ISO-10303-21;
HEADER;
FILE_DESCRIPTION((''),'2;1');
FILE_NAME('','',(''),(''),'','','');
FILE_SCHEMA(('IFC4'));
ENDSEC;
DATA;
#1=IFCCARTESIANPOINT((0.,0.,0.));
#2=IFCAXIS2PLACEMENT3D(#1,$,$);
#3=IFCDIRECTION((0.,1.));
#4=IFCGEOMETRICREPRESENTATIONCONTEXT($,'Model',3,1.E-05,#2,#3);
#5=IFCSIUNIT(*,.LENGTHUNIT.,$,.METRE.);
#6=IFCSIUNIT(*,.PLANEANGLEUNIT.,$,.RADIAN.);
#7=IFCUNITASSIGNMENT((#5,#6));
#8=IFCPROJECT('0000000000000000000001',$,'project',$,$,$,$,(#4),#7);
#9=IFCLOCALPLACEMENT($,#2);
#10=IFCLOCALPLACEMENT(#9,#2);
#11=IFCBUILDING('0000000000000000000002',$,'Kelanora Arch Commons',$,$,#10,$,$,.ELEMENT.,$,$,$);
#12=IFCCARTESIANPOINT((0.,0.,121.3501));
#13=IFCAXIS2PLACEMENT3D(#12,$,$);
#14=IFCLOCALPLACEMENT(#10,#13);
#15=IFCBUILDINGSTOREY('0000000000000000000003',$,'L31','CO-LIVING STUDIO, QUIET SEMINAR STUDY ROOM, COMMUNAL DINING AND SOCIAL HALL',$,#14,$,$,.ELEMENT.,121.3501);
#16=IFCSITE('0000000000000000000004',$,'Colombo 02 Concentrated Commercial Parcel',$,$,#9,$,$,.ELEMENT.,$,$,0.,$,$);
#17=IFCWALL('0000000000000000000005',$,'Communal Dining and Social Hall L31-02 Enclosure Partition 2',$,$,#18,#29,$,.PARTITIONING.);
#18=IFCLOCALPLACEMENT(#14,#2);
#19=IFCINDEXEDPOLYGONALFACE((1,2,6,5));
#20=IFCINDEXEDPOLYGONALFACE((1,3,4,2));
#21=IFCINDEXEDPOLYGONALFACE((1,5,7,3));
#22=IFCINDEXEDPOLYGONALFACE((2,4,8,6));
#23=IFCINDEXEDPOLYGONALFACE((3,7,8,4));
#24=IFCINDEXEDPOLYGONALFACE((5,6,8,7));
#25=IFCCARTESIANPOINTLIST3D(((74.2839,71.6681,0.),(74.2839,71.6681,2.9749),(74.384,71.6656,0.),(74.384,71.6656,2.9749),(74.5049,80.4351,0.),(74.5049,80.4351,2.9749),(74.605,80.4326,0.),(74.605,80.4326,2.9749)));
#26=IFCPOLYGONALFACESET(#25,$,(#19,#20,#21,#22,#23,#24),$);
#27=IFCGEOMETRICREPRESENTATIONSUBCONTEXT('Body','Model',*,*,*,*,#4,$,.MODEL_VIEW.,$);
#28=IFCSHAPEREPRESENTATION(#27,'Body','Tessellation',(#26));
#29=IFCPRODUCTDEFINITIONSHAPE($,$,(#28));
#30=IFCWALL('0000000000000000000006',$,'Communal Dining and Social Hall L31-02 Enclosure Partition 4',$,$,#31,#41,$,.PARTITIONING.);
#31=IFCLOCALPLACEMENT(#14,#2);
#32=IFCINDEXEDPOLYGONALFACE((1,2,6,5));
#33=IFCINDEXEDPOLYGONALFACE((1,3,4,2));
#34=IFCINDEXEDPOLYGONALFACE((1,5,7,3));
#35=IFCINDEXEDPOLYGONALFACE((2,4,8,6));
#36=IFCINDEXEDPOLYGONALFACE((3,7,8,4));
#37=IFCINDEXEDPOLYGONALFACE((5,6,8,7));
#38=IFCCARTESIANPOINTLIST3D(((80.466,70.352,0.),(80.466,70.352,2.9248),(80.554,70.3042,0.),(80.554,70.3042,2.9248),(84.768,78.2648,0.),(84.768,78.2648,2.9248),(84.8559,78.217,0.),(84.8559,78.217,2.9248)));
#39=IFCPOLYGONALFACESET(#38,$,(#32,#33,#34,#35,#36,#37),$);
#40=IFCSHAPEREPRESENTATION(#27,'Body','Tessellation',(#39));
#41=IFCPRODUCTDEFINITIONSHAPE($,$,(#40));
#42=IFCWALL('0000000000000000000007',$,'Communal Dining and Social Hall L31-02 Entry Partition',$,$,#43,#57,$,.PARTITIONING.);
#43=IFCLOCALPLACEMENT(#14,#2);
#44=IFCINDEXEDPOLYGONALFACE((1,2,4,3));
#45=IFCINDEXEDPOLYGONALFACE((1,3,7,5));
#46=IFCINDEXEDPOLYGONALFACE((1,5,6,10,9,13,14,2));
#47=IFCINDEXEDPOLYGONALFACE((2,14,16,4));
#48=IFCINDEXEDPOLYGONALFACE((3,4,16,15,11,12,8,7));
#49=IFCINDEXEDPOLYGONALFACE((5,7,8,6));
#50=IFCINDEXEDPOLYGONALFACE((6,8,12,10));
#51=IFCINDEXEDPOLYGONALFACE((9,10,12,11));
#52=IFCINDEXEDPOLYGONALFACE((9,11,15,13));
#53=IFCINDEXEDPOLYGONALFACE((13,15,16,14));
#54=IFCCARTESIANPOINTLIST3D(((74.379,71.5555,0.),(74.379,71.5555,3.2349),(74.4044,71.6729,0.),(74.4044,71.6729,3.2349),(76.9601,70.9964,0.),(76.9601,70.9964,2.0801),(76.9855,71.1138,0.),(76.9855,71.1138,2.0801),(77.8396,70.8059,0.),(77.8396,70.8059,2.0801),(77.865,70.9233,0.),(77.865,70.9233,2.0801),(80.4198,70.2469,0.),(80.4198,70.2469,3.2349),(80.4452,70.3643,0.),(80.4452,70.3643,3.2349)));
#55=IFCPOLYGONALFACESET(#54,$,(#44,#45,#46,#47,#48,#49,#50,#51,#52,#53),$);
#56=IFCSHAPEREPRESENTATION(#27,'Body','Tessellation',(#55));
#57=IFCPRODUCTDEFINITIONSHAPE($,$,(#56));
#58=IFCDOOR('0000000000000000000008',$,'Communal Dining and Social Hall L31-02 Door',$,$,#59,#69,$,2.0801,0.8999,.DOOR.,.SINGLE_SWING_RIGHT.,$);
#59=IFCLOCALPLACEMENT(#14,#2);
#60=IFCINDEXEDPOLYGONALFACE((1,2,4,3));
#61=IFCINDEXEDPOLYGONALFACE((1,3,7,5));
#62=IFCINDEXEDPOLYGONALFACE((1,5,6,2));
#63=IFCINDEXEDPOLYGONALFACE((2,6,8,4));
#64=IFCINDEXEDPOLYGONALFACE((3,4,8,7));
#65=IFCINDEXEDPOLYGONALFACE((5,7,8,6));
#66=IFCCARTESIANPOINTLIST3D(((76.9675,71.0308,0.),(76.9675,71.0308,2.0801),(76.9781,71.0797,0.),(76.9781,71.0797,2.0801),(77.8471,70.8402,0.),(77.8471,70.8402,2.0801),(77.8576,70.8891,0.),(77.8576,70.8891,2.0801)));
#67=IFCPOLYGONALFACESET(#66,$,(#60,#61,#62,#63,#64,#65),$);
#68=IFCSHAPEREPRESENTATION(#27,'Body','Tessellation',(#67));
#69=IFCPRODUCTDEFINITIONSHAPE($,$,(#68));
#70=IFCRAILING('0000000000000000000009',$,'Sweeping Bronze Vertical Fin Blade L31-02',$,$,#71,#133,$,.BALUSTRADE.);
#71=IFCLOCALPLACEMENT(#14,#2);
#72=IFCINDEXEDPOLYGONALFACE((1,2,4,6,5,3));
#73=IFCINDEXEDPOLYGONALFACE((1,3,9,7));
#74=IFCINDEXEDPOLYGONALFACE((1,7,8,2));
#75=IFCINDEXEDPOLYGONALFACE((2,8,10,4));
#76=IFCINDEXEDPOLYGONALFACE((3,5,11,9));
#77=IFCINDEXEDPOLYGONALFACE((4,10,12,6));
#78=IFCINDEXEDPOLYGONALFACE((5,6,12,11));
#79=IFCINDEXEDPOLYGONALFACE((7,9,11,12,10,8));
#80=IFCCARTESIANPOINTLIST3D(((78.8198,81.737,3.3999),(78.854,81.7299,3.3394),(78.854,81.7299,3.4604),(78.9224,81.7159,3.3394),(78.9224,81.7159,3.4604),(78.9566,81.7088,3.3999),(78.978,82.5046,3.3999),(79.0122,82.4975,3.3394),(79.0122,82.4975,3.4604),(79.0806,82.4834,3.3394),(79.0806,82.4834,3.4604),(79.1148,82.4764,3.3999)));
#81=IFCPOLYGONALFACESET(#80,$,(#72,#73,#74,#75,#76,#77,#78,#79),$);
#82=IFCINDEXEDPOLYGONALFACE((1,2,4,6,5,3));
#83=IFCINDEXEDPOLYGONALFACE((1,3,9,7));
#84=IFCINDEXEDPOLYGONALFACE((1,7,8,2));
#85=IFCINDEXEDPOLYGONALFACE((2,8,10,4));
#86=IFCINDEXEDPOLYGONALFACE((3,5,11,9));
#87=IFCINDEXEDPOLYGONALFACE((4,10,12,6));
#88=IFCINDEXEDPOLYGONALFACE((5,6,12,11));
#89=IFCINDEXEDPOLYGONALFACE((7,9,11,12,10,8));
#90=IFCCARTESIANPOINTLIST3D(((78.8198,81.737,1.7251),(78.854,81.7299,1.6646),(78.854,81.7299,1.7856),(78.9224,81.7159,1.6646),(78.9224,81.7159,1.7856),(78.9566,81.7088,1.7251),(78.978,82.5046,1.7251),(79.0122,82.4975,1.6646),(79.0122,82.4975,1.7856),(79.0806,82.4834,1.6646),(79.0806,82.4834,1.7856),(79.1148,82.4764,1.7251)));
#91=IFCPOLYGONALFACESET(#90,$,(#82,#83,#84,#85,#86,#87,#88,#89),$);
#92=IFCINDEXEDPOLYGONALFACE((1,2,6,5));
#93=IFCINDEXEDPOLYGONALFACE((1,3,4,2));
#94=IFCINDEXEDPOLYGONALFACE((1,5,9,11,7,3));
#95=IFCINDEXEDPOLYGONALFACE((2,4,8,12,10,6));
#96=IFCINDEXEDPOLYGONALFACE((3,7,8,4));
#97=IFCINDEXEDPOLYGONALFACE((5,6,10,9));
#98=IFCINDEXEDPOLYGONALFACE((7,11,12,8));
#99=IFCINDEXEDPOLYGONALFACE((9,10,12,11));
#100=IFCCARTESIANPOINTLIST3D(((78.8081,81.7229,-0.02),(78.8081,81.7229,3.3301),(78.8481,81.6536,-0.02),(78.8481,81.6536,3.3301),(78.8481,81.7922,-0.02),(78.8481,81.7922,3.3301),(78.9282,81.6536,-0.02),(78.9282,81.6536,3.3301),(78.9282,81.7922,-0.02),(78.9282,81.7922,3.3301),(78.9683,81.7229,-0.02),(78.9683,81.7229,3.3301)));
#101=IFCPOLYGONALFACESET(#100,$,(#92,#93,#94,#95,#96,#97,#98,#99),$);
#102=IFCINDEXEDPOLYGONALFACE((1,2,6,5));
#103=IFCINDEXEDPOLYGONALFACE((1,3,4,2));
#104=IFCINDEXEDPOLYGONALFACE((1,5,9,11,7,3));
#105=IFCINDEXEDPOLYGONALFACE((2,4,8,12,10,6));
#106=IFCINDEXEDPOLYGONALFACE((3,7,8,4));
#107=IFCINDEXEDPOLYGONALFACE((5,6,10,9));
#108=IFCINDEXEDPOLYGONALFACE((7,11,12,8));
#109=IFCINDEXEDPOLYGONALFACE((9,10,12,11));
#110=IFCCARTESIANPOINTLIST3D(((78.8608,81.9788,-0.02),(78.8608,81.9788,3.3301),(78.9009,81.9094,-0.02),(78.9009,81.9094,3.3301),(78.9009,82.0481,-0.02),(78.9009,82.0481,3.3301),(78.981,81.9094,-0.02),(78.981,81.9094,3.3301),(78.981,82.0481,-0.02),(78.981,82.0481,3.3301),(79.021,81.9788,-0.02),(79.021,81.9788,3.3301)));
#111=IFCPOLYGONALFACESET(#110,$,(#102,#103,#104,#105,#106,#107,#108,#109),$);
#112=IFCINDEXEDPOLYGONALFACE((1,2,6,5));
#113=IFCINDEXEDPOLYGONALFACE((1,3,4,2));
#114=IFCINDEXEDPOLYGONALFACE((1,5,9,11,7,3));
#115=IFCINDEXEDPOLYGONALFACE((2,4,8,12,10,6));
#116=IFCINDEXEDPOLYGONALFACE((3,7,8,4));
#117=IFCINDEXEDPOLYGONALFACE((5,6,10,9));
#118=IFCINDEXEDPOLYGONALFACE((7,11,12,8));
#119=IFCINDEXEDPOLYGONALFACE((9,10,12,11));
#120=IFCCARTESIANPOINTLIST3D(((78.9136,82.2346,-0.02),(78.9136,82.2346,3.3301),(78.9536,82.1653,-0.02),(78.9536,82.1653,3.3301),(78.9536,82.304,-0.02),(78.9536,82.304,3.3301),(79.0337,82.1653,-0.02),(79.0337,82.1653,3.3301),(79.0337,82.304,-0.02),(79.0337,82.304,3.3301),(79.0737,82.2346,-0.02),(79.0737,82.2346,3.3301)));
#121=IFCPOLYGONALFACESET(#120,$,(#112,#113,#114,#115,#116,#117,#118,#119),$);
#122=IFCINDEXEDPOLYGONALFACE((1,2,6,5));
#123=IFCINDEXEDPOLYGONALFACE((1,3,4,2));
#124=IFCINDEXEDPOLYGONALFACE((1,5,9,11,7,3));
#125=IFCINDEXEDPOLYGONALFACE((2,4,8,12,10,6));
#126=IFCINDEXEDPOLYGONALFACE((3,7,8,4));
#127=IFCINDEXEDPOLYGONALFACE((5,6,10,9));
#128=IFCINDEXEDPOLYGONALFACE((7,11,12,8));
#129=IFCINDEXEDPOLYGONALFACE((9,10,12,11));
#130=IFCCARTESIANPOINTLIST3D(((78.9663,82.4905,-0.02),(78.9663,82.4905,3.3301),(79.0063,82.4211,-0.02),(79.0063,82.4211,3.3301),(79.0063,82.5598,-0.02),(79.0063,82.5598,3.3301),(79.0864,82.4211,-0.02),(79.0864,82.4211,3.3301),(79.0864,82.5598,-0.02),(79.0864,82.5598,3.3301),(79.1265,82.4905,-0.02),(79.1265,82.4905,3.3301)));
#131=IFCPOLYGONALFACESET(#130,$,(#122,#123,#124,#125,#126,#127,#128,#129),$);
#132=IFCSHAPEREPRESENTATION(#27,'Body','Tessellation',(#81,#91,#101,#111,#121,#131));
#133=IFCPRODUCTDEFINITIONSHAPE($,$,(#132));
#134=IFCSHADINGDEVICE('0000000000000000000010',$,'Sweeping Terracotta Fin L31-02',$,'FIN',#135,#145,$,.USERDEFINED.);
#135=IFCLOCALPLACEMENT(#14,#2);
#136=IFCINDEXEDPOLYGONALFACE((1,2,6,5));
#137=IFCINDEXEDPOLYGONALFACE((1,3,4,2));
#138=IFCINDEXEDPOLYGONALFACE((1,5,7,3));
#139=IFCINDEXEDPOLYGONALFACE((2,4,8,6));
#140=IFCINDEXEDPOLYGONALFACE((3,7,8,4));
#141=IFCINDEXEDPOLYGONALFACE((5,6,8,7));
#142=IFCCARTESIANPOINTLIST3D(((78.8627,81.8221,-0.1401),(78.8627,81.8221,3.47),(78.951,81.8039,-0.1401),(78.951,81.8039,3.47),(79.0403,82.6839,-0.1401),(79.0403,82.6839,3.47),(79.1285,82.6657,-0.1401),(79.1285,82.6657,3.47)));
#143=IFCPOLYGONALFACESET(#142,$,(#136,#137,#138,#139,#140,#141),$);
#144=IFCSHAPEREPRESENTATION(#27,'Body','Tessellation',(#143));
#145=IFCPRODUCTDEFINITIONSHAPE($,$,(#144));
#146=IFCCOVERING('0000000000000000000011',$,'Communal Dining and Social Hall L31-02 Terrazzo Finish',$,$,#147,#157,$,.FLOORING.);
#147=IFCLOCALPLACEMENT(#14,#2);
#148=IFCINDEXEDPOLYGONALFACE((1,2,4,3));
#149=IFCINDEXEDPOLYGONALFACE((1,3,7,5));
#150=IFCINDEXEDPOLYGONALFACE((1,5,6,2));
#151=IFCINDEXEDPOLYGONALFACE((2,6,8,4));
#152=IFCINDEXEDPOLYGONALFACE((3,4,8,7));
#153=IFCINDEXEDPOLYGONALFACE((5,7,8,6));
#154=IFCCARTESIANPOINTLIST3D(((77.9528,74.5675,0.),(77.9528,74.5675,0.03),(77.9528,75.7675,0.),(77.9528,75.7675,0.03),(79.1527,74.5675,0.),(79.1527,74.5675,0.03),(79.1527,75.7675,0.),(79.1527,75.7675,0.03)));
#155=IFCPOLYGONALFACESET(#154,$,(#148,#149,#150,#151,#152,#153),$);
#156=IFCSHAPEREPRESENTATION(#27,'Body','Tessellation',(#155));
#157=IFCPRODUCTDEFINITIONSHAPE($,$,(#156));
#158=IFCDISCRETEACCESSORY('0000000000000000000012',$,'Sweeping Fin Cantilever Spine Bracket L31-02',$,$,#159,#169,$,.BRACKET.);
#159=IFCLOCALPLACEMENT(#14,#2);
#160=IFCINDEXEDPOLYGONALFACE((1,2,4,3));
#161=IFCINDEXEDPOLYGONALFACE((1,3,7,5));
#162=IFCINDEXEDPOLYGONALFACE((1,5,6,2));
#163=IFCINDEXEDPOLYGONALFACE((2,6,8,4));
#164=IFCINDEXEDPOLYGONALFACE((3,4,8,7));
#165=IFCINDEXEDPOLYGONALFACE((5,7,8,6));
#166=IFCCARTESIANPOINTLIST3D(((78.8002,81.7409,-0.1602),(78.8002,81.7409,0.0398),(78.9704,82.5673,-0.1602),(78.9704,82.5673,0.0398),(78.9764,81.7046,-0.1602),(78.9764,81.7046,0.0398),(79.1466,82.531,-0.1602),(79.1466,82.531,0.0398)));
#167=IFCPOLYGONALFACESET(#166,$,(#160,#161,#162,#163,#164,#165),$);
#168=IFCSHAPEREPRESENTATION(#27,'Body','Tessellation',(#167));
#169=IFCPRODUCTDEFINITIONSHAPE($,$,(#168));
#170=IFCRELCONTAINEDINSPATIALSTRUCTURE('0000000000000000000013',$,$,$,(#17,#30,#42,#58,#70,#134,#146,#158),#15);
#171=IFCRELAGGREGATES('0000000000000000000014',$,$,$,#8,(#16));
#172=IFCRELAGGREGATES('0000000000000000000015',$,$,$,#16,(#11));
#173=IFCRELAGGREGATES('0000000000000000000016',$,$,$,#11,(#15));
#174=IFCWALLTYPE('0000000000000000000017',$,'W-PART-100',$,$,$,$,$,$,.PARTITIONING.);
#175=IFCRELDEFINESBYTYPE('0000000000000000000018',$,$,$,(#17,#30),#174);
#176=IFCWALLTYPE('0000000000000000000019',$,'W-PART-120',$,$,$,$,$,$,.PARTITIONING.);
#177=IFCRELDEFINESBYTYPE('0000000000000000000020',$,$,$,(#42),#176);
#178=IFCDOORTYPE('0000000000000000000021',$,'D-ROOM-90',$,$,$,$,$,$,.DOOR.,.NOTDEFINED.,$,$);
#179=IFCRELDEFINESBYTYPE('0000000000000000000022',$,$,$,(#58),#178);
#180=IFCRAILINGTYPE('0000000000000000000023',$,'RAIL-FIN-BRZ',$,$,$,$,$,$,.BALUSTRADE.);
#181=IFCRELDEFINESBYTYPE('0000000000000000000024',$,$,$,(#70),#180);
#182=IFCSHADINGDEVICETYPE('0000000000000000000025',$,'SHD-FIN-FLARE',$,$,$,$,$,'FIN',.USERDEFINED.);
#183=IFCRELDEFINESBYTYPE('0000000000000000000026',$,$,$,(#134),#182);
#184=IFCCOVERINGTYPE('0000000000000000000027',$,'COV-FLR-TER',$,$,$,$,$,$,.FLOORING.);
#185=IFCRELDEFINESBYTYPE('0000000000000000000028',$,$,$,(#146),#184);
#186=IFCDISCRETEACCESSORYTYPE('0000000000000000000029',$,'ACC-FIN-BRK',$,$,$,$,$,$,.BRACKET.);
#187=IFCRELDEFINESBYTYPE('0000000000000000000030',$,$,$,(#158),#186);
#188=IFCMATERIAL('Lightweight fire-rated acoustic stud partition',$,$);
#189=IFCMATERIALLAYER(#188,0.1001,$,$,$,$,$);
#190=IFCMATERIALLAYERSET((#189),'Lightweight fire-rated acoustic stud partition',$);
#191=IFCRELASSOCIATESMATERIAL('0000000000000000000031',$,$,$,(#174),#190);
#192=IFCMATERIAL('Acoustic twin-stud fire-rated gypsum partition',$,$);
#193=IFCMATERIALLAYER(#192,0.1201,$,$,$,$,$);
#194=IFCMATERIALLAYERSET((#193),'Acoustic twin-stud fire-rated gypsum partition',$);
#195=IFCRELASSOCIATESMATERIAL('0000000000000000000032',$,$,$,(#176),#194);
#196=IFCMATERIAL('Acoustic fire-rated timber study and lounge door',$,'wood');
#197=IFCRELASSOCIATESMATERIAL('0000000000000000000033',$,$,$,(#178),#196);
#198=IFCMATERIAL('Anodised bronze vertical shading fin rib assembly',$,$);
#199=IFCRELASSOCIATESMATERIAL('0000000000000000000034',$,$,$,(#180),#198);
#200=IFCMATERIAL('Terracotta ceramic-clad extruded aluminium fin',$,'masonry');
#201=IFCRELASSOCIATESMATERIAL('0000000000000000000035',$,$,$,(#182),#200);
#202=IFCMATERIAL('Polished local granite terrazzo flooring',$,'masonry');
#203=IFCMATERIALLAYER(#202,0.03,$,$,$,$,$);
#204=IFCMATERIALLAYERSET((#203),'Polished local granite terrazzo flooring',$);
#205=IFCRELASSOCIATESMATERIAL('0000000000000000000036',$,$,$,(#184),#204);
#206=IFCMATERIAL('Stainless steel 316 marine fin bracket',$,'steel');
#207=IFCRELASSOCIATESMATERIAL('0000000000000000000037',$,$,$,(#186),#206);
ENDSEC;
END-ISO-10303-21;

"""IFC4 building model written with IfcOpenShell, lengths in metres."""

from ifc_helpers import new_model, si_unit, direction, frame, frame_2d, origin, origin_2d, place, context, subcontext, project, spatial, polyline, rectangle, outline, extrude, source, transform, mapped, material, layer, layer_set, type_object, element, fill, save


model = new_model("IFC4")

# Units and contexts
model_context = context("Model", 3, precision=1e-05, world=origin(), true_north=direction((0.0, 1.0)))
body_context = subcontext(model_context, "Body", "Model", "MODEL_VIEW")
ifc_project = project(units=[si_unit("LENGTHUNIT", "METRE"), si_unit("PLANEANGLEUNIT", "RADIAN")], contexts=[model_context])

# Site, building, storey
site_placement = place(None, origin())
site = spatial("IfcSite", under=ifc_project, at=site_placement, Name="Colombo 02 Concentrated Commercial Parcel", CompositionType="ELEMENT", RefElevation=0.0)
building_placement = place(site_placement, origin())
building = spatial("IfcBuilding", under=site, at=building_placement, Name="Kelanora Arch Commons", CompositionType="ELEMENT")
storey_placement = place(building_placement, frame((0.0, 0.0, 121.3501)))
storey = spatial("IfcBuildingStorey", under=building, at=storey_placement, Name="L31", Description="CO-LIVING STUDIO, QUIET SEMINAR STUDY ROOM, COMMUNAL DINING AND SOCIAL HALL", CompositionType="ELEMENT", Elevation=121.3501)

# Walls
ifc_material_1 = material(Name="Lightweight fire-rated acoustic stud partition")
ifc_layer_1 = layer(ifc_material_1, 0.1001)
ifc_layer_set_1 = layer_set([ifc_layer_1], Name="Lightweight fire-rated acoustic stud partition")
wall_type_1 = type_object("IfcWallType", Name="W-PART-100", PredefinedType="PARTITIONING", material=ifc_layer_set_1)
wall_1_placement = place(storey_placement, frame((74.334, 71.667, 0.0), z_axis=(0.0, 0.0, 1.0), x_axis=(0.025194, 0.999683, 0.0)))
element("IfcWall", 1, at=wall_1_placement, inside=storey, type_object=wall_type_1, Name="Communal Dining and Social Hall L31-02 Enclosure Partition 2", PredefinedType="PARTITIONING", context=body_context, shape_type="SweptSolid", body=[
    extrude(rectangle(XDim=8.7698, YDim=0.1001, at=frame_2d((4.3848, 0.0))), origin(), (0.0, 0.0, 1.0), 2.9749),
])
wall_2_placement = place(storey_placement, frame((84.812, 78.241, 0.0), z_axis=(0.0, 0.0, 1.0), x_axis=(-0.477646, -0.878553, 0.0)))
element("IfcWall", 2, at=wall_2_placement, inside=storey, type_object=wall_type_1, Name="Communal Dining and Social Hall L31-02 Enclosure Partition 4", PredefinedType="PARTITIONING", context=body_context, shape_type="SweptSolid", body=[
    extrude(rectangle(XDim=9.0066, YDim=0.1001, at=frame_2d((4.5034, 0.0))), origin(), (0.0, 0.0, 1.0), 2.9248),
])

# Wall, opening, door
ifc_material_2 = material(Name="Acoustic twin-stud fire-rated gypsum partition")
ifc_layer_2 = layer(ifc_material_2, 0.1201)
ifc_layer_set_2 = layer_set([ifc_layer_2], Name="Acoustic twin-stud fire-rated gypsum partition")
wall_type_2 = type_object("IfcWallType", Name="W-PART-120", PredefinedType="PARTITIONING", material=ifc_layer_set_2)
wall_3_placement = place(storey_placement, frame((80.4324, 70.3057, 0.0), z_axis=(0.0, 0.0, 1.0), x_axis=(-0.977331, 0.211716, 0.0)))
wall_3 = element("IfcWall", 3, at=wall_3_placement, inside=storey, type_object=wall_type_2, Name="Communal Dining and Social Hall L31-02 Entry Partition", PredefinedType="PARTITIONING", context=body_context, shape_type="SweptSolid", body=[
    extrude(rectangle(XDim=6.1809, YDim=0.1201, at=frame_2d((3.0903, 0.0))), origin(), (0.0, 0.0, 1.0), 3.2349),
])
opening_1_placement = place(wall_3_placement, frame((2.6399, 0.0, 0.0)))
opening_1 = element("IfcOpeningElement", 4, at=opening_1_placement, cuts=wall_3, PredefinedType="OPENING", context=body_context, shape_type="SweptSolid", body=[
    extrude(rectangle(XDim=0.8999, YDim=2.0801, at=frame_2d((0.45, 1.04))), frame((0.0, 0.0701, 0.0), z_axis=(0.0, -1.0, 0.0), x_axis=(1.0, 0.0, 0.0)), (0.0, 0.0, 1.0), 0.1401),
])
ifc_material_3 = material(Name="Acoustic fire-rated timber study and lounge door", Category="wood")
door_type = type_object("IfcDoorType", Name="D-ROOM-90", OperationType="NOTDEFINED", PredefinedType="DOOR", material=ifc_material_3)
door_placement = place(opening_1_placement, origin())
door = element("IfcDoor", 5, at=door_placement, inside=storey, type_object=door_type, Name="Communal Dining and Social Hall L31-02 Door", OperationType="SINGLE_SWING_RIGHT", OverallHeight=2.0801, OverallWidth=0.8999, PredefinedType="DOOR", context=body_context, shape_type="SweptSolid", body=[
    extrude(rectangle(XDim=0.8999, YDim=2.0801, at=frame_2d((0.45, 1.04))), frame((0.0, 0.0249, 0.0), z_axis=(0.0, -1.0, 0.0), x_axis=(1.0, 0.0, 0.0)), (0.0, 0.0, 1.0), 0.05),
])
fill(opening_1, door)

# Railing
ifc_material_4 = material(Name="Anodised bronze vertical shading fin rib assembly")
railing_type = type_object("IfcRailingType", Name="RAIL-FIN-BRZ", PredefinedType="BALUSTRADE", material=ifc_material_4)
railing_placement = place(storey_placement, frame((78.8882, 81.7229, -0.02)))
element("IfcRailing", 6, at=railing_placement, inside=storey, type_object=railing_type, Name="Sweeping Bronze Vertical Fin Blade L31-02", PredefinedType="BALUSTRADE", context=body_context, shape_type="SweptSolid", body=[
    extrude(outline(polyline([(0.0698, 0.0), (0.0349, 0.0605), (-0.0349, 0.0605), (-0.0698, 0.0), (-0.0349, -0.0605), (0.0349, -0.0605), (0.0698, 0.0)])), frame((0.0, 0.0, 3.4199), z_axis=(0.201864, 0.979414, 0.0), x_axis=(-0.979414, 0.201864, 0.0)), (0.0, 0.0, 1.0), 0.7837),
    extrude(outline(polyline([(0.0698, 0.0), (0.0349, 0.0605), (-0.0349, 0.0605), (-0.0698, 0.0), (-0.0349, -0.0605), (0.0349, -0.0605), (0.0698, 0.0)])), frame((0.0, 0.0, 1.7451), z_axis=(0.201864, 0.979414, 0.0), x_axis=(-0.979414, 0.201864, 0.0)), (0.0, 0.0, 1.0), 0.7837),
    extrude(outline(polyline([(0.0801, 0.0), (0.04, 0.0693), (-0.04, 0.0693), (-0.0801, 0.0), (-0.04, -0.0693), (0.04, -0.0693), (0.0801, 0.0)])), origin(), (0.0, 0.0, 1.0), 3.3501),
    extrude(outline(polyline([(0.0801, 0.0), (0.04, 0.0693), (-0.04, 0.0693), (-0.0801, 0.0), (-0.04, -0.0693), (0.04, -0.0693), (0.0801, 0.0)])), frame((0.0527, 0.2559, 0.0)), (0.0, 0.0, 1.0), 3.3501),
    extrude(outline(polyline([(0.0801, 0.0), (0.04, 0.0693), (-0.04, 0.0693), (-0.0801, 0.0), (-0.04, -0.0693), (0.04, -0.0693), (0.0801, 0.0)])), frame((0.1055, 0.5117, 0.0)), (0.0, 0.0, 1.0), 3.3501),
    extrude(outline(polyline([(0.0801, 0.0), (0.04, 0.0693), (-0.04, 0.0693), (-0.0801, 0.0), (-0.04, -0.0693), (0.04, -0.0693), (0.0801, 0.0)])), frame((0.1582, 0.7676, 0.0)), (0.0, 0.0, 1.0), 3.3501),
])

# Shading device
ifc_material_5 = material(Name="Terracotta ceramic-clad extruded aluminium fin", Category="masonry")
shading_device_type = type_object("IfcShadingDeviceType", Name="SHD-FIN-FLARE", ElementType="FIN", PredefinedType="USERDEFINED", material=ifc_material_5)
shared_shape_1 = source(origin(), body_context, "Body", "SweptSolid", [
    extrude(rectangle(XDim=0.8799, YDim=0.0901, at=origin_2d()), origin(), (0.0, 0.0, 1.0), 3.6101),
])
shading_device_placement = place(storey_placement, frame((78.9956, 82.2439, -0.1401), z_axis=(0.0, 0.0, 1.0), x_axis=(0.201762, 0.979435, 0.0)))
element("IfcShadingDevice", 7, at=shading_device_placement, inside=storey, type_object=shading_device_type, Name="Sweeping Terracotta Fin L31-02", ObjectType="FIN", PredefinedType="USERDEFINED", context=body_context, shape_type="MappedRepresentation", body=[
    mapped(shared_shape_1, transform((0.0, 0.0, 0.0), scale=1.0)),
])

# Covering
ifc_material_6 = material(Name="Polished local granite terrazzo flooring", Category="masonry")
ifc_layer_3 = layer(ifc_material_6, 0.03)
ifc_layer_set_3 = layer_set([ifc_layer_3], Name="Polished local granite terrazzo flooring")
covering_type = type_object("IfcCoveringType", Name="COV-FLR-TER", PredefinedType="FLOORING", material=ifc_layer_set_3)
shared_shape_2 = source(origin(), body_context, "Body", "SweptSolid", [
    extrude(rectangle(XDim=1.2, YDim=1.2, at=origin_2d()), origin(), (0.0, 0.0, 1.0), 0.03),
])
covering_placement = place(storey_placement, frame((78.5527, 75.1675, 0.0), z_axis=(0.0, 0.0, 1.0), x_axis=(1.0, 0.0, 0.0)))
element("IfcCovering", 8, at=covering_placement, inside=storey, type_object=covering_type, Name="Communal Dining and Social Hall L31-02 Terrazzo Finish", PredefinedType="FLOORING", context=body_context, shape_type="MappedRepresentation", body=[
    mapped(shared_shape_2, transform((0.0, 0.0, 0.0), scale=1.0)),
])

# Discrete accessory
ifc_material_7 = material(Name="Stainless steel 316 marine fin bracket", Category="steel")
discrete_accessory_type = type_object("IfcDiscreteAccessoryType", Name="ACC-FIN-BRK", PredefinedType="BRACKET", material=ifc_material_7)
shared_shape_3 = source(origin(), body_context, "Body", "SweptSolid", [
    extrude(rectangle(XDim=0.8438, YDim=0.1799, at=origin_2d()), origin(), (0.0, 0.0, 1.0), 0.2),
])
discrete_accessory_placement = place(storey_placement, frame((78.9734, 82.136, -0.1602), z_axis=(0.0, 0.0, 1.0), x_axis=(0.201762, 0.979435, 0.0)))
element("IfcDiscreteAccessory", 9, at=discrete_accessory_placement, inside=storey, type_object=discrete_accessory_type, Name="Sweeping Fin Cantilever Spine Bracket L31-02", PredefinedType="BRACKET", context=body_context, shape_type="MappedRepresentation", body=[
    mapped(shared_shape_3, transform((0.0, 0.0, 0.0), scale=1.0)),
])

save(model, "model.ifc")
